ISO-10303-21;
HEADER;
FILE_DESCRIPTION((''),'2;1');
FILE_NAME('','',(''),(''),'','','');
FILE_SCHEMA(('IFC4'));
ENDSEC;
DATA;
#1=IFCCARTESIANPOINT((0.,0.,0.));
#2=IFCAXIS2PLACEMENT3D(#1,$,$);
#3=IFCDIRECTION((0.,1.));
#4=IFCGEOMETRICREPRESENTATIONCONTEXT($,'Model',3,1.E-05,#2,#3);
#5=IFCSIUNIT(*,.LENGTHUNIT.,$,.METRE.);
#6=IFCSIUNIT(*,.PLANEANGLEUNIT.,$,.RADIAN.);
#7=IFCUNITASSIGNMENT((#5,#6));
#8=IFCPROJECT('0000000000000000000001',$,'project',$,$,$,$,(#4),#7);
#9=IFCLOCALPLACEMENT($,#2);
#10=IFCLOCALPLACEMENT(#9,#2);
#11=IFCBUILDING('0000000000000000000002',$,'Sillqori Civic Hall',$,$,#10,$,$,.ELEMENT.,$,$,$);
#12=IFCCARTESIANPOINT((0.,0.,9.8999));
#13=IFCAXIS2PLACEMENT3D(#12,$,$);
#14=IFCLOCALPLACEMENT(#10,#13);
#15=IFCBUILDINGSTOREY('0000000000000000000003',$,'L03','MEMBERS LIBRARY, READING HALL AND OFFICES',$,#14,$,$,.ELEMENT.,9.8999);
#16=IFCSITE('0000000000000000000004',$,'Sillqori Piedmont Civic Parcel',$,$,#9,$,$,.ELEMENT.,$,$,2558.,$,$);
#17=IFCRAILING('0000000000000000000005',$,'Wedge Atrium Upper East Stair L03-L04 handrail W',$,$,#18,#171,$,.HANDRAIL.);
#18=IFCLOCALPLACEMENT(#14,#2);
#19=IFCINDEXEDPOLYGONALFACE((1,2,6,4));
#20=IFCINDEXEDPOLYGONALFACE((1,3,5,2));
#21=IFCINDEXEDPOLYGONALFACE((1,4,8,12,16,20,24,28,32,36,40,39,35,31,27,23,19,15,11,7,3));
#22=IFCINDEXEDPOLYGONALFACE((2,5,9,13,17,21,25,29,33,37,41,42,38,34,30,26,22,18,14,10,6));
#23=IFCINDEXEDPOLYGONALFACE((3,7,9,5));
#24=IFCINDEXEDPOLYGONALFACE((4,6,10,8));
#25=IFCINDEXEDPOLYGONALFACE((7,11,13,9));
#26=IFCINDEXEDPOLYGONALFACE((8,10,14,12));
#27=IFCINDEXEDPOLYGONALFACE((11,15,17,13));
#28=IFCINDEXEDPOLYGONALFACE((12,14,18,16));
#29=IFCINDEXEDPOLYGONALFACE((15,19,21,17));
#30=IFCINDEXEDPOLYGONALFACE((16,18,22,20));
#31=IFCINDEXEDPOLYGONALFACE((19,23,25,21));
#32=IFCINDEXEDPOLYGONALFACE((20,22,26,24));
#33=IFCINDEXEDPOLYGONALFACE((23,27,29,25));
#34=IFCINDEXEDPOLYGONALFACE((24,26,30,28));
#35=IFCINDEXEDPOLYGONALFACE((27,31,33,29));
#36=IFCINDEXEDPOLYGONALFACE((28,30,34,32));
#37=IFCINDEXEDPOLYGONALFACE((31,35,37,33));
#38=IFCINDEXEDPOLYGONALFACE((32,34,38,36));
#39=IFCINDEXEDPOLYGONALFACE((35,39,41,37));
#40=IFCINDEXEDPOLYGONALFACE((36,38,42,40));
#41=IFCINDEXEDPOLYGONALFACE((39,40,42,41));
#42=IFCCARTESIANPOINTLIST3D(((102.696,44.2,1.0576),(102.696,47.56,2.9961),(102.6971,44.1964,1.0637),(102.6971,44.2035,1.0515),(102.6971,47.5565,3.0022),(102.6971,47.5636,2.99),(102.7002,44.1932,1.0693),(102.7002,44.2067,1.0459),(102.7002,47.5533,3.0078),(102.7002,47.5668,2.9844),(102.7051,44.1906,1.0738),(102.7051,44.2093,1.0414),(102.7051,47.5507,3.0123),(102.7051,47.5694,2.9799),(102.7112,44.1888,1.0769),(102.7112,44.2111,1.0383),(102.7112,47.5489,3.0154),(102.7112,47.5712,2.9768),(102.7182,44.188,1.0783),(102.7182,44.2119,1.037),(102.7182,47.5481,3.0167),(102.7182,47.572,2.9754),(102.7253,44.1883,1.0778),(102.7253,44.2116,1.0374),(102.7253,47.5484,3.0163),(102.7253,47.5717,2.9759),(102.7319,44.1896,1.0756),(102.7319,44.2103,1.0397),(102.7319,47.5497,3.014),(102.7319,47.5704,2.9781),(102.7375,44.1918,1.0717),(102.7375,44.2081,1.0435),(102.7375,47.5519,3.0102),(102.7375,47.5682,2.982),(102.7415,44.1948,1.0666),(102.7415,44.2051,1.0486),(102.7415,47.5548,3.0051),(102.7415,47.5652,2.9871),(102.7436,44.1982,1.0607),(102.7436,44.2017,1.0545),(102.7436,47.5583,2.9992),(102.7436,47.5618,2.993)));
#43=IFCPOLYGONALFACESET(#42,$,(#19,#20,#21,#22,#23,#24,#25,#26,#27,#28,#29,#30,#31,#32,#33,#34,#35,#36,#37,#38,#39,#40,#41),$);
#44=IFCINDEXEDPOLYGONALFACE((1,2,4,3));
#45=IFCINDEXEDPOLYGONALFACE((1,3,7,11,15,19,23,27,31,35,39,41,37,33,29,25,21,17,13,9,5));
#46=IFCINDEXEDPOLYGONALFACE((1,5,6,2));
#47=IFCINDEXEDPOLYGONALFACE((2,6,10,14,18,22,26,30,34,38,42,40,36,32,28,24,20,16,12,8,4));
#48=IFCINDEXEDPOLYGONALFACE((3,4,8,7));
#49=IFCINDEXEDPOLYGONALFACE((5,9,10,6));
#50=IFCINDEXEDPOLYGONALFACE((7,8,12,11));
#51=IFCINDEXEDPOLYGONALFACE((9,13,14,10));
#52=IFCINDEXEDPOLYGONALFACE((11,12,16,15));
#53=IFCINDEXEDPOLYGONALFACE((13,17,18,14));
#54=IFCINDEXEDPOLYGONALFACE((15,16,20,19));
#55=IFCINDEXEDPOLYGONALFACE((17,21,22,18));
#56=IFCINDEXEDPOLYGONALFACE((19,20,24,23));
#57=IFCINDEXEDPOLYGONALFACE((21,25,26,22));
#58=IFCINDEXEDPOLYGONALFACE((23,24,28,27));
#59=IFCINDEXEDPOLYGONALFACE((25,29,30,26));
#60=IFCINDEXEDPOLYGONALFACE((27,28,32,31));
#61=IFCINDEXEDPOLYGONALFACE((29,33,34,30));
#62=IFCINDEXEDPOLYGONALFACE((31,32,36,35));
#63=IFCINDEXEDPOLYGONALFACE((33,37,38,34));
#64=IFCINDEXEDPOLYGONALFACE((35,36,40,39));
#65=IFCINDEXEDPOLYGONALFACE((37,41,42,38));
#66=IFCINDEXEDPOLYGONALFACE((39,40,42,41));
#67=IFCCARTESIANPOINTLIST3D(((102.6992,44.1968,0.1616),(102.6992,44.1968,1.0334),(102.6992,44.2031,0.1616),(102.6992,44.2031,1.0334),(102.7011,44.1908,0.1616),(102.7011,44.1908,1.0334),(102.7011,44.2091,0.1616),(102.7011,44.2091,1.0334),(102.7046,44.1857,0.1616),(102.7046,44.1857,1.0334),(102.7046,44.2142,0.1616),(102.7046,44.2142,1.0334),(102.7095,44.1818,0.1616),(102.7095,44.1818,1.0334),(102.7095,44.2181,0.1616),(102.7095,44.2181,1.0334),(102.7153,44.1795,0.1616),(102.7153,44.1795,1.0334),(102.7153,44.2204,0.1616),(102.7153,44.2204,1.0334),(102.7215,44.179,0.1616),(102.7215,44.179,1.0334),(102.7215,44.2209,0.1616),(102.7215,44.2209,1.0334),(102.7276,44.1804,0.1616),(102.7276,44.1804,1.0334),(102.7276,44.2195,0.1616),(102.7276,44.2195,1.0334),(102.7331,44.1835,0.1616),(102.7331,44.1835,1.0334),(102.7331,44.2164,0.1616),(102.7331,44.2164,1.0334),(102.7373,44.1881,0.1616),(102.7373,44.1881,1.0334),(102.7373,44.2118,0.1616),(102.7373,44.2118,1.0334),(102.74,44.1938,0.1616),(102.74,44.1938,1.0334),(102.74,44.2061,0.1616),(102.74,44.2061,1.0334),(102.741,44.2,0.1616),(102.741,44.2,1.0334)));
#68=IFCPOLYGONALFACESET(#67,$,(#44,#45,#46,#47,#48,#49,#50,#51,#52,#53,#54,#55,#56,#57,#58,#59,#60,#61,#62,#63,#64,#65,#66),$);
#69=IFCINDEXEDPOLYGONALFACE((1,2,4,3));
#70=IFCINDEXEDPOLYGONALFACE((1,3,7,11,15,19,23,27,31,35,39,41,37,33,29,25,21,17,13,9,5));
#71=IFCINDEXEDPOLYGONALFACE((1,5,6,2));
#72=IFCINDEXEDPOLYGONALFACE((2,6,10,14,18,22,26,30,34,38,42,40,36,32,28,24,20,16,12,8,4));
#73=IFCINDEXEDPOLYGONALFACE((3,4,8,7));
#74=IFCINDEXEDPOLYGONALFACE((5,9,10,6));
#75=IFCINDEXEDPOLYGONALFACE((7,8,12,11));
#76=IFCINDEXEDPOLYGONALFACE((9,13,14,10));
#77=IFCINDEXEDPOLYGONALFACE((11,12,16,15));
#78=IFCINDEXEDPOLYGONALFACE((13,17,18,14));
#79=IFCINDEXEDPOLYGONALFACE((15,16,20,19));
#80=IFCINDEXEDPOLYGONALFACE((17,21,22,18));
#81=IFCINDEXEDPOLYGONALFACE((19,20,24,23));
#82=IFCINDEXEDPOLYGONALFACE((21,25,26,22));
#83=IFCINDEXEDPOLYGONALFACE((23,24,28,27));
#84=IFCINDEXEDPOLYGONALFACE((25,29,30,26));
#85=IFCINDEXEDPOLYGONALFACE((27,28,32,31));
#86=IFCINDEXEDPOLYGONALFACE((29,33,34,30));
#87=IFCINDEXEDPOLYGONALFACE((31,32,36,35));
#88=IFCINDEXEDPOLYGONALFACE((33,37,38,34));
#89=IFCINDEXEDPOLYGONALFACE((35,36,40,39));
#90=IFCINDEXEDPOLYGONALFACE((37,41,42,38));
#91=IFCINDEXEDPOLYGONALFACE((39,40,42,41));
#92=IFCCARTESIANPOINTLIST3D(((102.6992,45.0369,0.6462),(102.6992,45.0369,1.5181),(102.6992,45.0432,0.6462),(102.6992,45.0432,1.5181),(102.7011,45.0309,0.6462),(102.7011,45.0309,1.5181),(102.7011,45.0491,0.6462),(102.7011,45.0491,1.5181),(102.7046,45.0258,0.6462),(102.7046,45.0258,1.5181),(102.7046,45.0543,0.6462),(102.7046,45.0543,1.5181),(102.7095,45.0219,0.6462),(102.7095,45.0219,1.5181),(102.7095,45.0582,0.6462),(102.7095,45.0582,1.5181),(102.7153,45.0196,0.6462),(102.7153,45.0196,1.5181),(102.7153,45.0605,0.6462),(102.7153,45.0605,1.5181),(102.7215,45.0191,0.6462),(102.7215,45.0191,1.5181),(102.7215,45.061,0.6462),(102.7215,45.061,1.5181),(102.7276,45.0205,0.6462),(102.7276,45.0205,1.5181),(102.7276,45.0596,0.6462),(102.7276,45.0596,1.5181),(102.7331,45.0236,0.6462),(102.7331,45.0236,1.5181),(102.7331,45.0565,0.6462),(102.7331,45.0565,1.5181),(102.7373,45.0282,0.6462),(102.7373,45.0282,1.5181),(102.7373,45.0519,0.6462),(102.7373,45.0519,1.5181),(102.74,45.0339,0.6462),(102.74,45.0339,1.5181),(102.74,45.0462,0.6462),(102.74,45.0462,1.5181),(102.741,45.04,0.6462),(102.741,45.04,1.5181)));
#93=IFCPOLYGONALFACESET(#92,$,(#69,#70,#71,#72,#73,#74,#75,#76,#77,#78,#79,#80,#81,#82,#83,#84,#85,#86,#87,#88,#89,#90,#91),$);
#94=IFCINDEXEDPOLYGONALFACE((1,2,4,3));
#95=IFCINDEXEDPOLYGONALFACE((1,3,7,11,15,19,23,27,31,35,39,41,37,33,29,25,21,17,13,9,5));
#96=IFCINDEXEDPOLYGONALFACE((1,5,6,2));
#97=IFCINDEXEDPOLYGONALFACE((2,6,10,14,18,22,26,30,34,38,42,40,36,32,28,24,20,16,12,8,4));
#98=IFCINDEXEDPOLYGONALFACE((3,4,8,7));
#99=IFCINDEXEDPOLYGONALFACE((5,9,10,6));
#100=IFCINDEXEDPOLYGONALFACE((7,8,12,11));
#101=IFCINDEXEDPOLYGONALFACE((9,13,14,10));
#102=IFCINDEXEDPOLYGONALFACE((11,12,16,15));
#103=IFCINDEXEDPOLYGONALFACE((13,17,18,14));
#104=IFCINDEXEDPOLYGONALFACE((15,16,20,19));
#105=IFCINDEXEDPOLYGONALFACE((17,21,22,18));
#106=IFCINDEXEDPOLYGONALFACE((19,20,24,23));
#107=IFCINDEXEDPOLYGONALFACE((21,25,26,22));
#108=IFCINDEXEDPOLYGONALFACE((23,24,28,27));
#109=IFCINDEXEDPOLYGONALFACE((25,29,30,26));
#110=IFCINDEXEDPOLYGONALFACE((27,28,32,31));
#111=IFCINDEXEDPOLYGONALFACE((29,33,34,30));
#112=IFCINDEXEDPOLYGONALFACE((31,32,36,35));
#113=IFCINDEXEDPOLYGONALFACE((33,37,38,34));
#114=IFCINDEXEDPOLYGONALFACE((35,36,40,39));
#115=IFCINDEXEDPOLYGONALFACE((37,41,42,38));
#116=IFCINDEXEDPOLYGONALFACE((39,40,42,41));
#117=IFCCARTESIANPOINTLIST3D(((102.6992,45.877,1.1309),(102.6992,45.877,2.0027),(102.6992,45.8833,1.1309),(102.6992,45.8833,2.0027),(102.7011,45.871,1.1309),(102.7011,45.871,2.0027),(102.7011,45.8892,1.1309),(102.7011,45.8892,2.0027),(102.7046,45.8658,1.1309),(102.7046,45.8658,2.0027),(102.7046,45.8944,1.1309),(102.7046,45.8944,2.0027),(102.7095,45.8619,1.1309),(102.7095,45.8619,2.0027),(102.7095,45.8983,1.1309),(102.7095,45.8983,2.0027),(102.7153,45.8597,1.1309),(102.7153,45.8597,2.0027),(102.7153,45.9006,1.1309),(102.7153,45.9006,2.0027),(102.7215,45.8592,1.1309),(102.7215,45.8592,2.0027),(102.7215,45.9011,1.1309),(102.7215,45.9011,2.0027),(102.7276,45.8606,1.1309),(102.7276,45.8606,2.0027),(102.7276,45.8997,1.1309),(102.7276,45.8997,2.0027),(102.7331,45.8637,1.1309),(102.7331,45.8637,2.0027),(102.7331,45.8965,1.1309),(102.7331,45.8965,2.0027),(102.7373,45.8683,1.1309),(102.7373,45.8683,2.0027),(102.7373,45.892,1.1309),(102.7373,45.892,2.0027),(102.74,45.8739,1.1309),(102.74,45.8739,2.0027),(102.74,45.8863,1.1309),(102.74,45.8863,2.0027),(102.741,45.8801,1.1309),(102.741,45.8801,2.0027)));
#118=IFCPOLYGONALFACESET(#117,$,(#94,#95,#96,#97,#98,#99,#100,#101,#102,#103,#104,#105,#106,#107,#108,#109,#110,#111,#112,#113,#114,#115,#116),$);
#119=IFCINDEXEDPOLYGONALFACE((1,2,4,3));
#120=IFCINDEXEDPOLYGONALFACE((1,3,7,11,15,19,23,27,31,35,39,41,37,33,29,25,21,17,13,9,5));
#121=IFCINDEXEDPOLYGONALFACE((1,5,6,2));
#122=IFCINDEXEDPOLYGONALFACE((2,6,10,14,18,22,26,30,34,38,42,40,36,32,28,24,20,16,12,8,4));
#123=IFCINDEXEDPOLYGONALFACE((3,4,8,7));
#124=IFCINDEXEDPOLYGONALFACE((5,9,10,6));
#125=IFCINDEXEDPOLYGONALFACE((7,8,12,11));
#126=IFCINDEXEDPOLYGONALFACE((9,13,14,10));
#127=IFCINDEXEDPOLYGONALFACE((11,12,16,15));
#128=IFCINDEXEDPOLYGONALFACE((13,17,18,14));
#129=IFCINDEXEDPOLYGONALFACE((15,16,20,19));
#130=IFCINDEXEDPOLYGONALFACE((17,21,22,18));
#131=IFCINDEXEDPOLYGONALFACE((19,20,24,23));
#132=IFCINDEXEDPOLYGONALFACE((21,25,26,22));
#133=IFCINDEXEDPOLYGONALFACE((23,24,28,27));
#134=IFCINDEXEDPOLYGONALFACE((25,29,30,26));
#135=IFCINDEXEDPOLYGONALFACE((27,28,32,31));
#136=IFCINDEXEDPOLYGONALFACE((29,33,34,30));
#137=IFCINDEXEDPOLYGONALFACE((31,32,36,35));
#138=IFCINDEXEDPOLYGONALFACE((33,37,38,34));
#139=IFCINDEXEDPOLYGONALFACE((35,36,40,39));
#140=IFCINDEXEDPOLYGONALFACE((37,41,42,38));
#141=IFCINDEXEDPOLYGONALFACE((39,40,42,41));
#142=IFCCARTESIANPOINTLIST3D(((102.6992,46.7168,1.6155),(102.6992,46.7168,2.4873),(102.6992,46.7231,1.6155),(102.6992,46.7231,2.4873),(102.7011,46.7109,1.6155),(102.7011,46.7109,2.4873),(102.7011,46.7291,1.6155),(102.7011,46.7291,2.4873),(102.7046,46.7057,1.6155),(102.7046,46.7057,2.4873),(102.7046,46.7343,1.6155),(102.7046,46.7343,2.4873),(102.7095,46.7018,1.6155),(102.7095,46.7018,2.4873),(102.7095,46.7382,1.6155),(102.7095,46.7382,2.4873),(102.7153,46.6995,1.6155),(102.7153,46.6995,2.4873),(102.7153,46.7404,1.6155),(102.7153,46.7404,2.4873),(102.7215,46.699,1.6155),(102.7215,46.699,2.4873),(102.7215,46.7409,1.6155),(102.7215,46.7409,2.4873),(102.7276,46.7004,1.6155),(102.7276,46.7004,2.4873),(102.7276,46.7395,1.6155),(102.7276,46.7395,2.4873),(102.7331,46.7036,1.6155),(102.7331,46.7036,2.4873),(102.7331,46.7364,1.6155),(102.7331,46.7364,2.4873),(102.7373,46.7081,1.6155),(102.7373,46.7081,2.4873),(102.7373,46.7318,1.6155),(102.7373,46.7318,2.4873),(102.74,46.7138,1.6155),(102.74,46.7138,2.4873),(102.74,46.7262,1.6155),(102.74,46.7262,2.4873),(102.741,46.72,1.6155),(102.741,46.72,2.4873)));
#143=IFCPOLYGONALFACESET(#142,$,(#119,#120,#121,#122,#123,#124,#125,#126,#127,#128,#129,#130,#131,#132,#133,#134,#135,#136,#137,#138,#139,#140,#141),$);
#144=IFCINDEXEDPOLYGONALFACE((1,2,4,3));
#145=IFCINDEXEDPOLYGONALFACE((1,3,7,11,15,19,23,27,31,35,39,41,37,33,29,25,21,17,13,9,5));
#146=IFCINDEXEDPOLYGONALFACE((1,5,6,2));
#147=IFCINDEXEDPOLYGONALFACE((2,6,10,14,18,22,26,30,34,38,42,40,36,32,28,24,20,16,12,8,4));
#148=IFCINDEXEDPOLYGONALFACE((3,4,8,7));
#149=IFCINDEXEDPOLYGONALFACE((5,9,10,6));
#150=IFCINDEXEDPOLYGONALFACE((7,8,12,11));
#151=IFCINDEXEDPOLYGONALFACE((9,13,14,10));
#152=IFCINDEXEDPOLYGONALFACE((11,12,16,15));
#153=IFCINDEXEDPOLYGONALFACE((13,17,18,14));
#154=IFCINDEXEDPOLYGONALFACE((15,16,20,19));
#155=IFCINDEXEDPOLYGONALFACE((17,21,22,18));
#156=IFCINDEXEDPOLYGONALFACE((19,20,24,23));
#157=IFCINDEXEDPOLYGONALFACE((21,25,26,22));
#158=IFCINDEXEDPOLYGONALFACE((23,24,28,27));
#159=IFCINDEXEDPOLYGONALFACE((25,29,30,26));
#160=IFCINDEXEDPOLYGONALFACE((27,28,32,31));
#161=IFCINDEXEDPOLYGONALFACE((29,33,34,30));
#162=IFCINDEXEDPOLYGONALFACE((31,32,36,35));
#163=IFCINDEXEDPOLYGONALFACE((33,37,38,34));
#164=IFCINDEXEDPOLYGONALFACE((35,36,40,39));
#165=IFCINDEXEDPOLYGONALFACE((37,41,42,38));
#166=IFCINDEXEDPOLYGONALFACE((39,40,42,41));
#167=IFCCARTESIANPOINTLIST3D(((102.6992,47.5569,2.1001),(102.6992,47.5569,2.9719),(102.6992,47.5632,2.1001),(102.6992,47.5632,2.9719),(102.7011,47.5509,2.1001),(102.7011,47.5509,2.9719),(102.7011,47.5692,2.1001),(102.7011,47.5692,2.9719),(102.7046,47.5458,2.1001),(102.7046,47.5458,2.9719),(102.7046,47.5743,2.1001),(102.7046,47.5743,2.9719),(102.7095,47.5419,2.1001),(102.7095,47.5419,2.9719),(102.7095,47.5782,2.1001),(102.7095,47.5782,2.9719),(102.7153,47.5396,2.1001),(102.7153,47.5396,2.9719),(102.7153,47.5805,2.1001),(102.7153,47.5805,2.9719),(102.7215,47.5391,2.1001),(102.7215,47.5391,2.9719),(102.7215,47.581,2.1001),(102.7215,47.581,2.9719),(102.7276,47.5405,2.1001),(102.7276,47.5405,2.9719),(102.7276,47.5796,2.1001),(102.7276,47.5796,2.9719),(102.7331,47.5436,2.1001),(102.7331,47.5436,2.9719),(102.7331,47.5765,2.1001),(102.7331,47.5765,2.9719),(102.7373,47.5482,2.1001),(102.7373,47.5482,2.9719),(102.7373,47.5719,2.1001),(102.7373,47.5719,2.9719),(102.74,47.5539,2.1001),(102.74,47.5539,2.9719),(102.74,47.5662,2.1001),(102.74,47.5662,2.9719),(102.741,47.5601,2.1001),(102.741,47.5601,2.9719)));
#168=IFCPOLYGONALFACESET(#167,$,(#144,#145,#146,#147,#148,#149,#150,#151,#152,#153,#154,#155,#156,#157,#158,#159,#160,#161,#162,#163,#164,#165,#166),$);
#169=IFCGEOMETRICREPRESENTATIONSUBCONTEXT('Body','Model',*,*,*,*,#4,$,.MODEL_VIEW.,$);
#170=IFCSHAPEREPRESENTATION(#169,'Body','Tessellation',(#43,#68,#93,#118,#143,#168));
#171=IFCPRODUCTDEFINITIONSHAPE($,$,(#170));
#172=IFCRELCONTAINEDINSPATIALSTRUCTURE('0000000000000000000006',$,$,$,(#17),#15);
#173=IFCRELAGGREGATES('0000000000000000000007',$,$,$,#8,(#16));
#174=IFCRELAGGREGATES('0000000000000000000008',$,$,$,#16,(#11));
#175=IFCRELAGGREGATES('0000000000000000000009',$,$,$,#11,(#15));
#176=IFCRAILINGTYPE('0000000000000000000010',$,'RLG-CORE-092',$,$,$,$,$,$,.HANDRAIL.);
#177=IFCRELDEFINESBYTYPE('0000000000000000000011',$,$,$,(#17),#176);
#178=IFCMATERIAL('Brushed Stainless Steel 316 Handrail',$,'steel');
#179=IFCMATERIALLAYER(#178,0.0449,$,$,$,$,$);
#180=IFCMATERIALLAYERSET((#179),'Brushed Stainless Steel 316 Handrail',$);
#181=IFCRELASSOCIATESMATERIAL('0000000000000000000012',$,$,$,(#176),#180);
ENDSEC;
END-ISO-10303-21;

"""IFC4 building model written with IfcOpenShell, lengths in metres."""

from ifc_helpers import new_model, si_unit, direction, frame, origin, origin_2d, place, context, subcontext, project, spatial, circle, extrude, material, layer, layer_set, type_object, element, save


model = new_model("IFC4")

# Units and contexts
model_context = context("Model", 3, precision=1e-05, world=origin(), true_north=direction((0.0, 1.0)))
body_context = subcontext(model_context, "Body", "Model", "MODEL_VIEW")
ifc_project = project(units=[si_unit("LENGTHUNIT", "METRE"), si_unit("PLANEANGLEUNIT", "RADIAN")], contexts=[model_context])

# Site, building, storey
site_placement = place(None, origin())
site = spatial("IfcSite", under=ifc_project, at=site_placement, Name="Sillqori Piedmont Civic Parcel", CompositionType="ELEMENT", RefElevation=2558.0)
building_placement = place(site_placement, origin())
building = spatial("IfcBuilding", under=site, at=building_placement, Name="Sillqori Civic Hall", CompositionType="ELEMENT")
storey_placement = place(building_placement, frame((0.0, 0.0, 9.8999)))
storey = spatial("IfcBuildingStorey", under=building, at=storey_placement, Name="L03", Description="MEMBERS LIBRARY, READING HALL AND OFFICES", CompositionType="ELEMENT", Elevation=9.8999)

# Railing
ifc_material_1 = material(Name="Brushed Stainless Steel 316 Handrail", Category="steel")
ifc_layer_1 = layer(ifc_material_1, 0.0449)
ifc_layer_set_1 = layer_set([ifc_layer_1], Name="Brushed Stainless Steel 316 Handrail")
railing_type_1 = type_object("IfcRailingType", Name="RLG-CORE-092", PredefinedType="HANDRAIL", material=ifc_layer_set_1)
railing_1_placement = place(storey_placement, frame((102.72, 44.2, 0.1616)))
element("IfcRailing", 1, at=railing_1_placement, inside=storey, type_object=railing_type_1, Name="Wedge Atrium Upper East Stair L03-L04 handrail W", PredefinedType="HANDRAIL", context=body_context, shape_type="SweptSolid", body=[
    extrude(circle(Radius=0.0239, at=origin_2d()), frame((0.0, 0.0, 0.896), z_axis=(0.0, 0.866191, 0.499713), x_axis=(-1.0, 0.0, 0.0)), (0.0, 0.0, 1.0), 3.8792),
    extrude(circle(Radius=0.021, at=origin_2d()), origin(), (0.0, 0.0, 1.0), 0.8718),
    extrude(circle(Radius=0.021, at=origin_2d()), frame((0.0, 0.8401, 0.4846)), (0.0, 0.0, 1.0), 0.8718),
    extrude(circle(Radius=0.021, at=origin_2d()), frame((0.0, 1.6802, 0.9692)), (0.0, 0.0, 1.0), 0.8718),
    extrude(circle(Radius=0.021, at=origin_2d()), frame((0.0, 2.52, 1.4539)), (0.0, 0.0, 1.0), 0.8718),
    extrude(circle(Radius=0.021, at=origin_2d()), frame((0.0, 3.3601, 1.9385)), (0.0, 0.0, 1.0), 0.8718),
])

save(model, "model.ifc")
